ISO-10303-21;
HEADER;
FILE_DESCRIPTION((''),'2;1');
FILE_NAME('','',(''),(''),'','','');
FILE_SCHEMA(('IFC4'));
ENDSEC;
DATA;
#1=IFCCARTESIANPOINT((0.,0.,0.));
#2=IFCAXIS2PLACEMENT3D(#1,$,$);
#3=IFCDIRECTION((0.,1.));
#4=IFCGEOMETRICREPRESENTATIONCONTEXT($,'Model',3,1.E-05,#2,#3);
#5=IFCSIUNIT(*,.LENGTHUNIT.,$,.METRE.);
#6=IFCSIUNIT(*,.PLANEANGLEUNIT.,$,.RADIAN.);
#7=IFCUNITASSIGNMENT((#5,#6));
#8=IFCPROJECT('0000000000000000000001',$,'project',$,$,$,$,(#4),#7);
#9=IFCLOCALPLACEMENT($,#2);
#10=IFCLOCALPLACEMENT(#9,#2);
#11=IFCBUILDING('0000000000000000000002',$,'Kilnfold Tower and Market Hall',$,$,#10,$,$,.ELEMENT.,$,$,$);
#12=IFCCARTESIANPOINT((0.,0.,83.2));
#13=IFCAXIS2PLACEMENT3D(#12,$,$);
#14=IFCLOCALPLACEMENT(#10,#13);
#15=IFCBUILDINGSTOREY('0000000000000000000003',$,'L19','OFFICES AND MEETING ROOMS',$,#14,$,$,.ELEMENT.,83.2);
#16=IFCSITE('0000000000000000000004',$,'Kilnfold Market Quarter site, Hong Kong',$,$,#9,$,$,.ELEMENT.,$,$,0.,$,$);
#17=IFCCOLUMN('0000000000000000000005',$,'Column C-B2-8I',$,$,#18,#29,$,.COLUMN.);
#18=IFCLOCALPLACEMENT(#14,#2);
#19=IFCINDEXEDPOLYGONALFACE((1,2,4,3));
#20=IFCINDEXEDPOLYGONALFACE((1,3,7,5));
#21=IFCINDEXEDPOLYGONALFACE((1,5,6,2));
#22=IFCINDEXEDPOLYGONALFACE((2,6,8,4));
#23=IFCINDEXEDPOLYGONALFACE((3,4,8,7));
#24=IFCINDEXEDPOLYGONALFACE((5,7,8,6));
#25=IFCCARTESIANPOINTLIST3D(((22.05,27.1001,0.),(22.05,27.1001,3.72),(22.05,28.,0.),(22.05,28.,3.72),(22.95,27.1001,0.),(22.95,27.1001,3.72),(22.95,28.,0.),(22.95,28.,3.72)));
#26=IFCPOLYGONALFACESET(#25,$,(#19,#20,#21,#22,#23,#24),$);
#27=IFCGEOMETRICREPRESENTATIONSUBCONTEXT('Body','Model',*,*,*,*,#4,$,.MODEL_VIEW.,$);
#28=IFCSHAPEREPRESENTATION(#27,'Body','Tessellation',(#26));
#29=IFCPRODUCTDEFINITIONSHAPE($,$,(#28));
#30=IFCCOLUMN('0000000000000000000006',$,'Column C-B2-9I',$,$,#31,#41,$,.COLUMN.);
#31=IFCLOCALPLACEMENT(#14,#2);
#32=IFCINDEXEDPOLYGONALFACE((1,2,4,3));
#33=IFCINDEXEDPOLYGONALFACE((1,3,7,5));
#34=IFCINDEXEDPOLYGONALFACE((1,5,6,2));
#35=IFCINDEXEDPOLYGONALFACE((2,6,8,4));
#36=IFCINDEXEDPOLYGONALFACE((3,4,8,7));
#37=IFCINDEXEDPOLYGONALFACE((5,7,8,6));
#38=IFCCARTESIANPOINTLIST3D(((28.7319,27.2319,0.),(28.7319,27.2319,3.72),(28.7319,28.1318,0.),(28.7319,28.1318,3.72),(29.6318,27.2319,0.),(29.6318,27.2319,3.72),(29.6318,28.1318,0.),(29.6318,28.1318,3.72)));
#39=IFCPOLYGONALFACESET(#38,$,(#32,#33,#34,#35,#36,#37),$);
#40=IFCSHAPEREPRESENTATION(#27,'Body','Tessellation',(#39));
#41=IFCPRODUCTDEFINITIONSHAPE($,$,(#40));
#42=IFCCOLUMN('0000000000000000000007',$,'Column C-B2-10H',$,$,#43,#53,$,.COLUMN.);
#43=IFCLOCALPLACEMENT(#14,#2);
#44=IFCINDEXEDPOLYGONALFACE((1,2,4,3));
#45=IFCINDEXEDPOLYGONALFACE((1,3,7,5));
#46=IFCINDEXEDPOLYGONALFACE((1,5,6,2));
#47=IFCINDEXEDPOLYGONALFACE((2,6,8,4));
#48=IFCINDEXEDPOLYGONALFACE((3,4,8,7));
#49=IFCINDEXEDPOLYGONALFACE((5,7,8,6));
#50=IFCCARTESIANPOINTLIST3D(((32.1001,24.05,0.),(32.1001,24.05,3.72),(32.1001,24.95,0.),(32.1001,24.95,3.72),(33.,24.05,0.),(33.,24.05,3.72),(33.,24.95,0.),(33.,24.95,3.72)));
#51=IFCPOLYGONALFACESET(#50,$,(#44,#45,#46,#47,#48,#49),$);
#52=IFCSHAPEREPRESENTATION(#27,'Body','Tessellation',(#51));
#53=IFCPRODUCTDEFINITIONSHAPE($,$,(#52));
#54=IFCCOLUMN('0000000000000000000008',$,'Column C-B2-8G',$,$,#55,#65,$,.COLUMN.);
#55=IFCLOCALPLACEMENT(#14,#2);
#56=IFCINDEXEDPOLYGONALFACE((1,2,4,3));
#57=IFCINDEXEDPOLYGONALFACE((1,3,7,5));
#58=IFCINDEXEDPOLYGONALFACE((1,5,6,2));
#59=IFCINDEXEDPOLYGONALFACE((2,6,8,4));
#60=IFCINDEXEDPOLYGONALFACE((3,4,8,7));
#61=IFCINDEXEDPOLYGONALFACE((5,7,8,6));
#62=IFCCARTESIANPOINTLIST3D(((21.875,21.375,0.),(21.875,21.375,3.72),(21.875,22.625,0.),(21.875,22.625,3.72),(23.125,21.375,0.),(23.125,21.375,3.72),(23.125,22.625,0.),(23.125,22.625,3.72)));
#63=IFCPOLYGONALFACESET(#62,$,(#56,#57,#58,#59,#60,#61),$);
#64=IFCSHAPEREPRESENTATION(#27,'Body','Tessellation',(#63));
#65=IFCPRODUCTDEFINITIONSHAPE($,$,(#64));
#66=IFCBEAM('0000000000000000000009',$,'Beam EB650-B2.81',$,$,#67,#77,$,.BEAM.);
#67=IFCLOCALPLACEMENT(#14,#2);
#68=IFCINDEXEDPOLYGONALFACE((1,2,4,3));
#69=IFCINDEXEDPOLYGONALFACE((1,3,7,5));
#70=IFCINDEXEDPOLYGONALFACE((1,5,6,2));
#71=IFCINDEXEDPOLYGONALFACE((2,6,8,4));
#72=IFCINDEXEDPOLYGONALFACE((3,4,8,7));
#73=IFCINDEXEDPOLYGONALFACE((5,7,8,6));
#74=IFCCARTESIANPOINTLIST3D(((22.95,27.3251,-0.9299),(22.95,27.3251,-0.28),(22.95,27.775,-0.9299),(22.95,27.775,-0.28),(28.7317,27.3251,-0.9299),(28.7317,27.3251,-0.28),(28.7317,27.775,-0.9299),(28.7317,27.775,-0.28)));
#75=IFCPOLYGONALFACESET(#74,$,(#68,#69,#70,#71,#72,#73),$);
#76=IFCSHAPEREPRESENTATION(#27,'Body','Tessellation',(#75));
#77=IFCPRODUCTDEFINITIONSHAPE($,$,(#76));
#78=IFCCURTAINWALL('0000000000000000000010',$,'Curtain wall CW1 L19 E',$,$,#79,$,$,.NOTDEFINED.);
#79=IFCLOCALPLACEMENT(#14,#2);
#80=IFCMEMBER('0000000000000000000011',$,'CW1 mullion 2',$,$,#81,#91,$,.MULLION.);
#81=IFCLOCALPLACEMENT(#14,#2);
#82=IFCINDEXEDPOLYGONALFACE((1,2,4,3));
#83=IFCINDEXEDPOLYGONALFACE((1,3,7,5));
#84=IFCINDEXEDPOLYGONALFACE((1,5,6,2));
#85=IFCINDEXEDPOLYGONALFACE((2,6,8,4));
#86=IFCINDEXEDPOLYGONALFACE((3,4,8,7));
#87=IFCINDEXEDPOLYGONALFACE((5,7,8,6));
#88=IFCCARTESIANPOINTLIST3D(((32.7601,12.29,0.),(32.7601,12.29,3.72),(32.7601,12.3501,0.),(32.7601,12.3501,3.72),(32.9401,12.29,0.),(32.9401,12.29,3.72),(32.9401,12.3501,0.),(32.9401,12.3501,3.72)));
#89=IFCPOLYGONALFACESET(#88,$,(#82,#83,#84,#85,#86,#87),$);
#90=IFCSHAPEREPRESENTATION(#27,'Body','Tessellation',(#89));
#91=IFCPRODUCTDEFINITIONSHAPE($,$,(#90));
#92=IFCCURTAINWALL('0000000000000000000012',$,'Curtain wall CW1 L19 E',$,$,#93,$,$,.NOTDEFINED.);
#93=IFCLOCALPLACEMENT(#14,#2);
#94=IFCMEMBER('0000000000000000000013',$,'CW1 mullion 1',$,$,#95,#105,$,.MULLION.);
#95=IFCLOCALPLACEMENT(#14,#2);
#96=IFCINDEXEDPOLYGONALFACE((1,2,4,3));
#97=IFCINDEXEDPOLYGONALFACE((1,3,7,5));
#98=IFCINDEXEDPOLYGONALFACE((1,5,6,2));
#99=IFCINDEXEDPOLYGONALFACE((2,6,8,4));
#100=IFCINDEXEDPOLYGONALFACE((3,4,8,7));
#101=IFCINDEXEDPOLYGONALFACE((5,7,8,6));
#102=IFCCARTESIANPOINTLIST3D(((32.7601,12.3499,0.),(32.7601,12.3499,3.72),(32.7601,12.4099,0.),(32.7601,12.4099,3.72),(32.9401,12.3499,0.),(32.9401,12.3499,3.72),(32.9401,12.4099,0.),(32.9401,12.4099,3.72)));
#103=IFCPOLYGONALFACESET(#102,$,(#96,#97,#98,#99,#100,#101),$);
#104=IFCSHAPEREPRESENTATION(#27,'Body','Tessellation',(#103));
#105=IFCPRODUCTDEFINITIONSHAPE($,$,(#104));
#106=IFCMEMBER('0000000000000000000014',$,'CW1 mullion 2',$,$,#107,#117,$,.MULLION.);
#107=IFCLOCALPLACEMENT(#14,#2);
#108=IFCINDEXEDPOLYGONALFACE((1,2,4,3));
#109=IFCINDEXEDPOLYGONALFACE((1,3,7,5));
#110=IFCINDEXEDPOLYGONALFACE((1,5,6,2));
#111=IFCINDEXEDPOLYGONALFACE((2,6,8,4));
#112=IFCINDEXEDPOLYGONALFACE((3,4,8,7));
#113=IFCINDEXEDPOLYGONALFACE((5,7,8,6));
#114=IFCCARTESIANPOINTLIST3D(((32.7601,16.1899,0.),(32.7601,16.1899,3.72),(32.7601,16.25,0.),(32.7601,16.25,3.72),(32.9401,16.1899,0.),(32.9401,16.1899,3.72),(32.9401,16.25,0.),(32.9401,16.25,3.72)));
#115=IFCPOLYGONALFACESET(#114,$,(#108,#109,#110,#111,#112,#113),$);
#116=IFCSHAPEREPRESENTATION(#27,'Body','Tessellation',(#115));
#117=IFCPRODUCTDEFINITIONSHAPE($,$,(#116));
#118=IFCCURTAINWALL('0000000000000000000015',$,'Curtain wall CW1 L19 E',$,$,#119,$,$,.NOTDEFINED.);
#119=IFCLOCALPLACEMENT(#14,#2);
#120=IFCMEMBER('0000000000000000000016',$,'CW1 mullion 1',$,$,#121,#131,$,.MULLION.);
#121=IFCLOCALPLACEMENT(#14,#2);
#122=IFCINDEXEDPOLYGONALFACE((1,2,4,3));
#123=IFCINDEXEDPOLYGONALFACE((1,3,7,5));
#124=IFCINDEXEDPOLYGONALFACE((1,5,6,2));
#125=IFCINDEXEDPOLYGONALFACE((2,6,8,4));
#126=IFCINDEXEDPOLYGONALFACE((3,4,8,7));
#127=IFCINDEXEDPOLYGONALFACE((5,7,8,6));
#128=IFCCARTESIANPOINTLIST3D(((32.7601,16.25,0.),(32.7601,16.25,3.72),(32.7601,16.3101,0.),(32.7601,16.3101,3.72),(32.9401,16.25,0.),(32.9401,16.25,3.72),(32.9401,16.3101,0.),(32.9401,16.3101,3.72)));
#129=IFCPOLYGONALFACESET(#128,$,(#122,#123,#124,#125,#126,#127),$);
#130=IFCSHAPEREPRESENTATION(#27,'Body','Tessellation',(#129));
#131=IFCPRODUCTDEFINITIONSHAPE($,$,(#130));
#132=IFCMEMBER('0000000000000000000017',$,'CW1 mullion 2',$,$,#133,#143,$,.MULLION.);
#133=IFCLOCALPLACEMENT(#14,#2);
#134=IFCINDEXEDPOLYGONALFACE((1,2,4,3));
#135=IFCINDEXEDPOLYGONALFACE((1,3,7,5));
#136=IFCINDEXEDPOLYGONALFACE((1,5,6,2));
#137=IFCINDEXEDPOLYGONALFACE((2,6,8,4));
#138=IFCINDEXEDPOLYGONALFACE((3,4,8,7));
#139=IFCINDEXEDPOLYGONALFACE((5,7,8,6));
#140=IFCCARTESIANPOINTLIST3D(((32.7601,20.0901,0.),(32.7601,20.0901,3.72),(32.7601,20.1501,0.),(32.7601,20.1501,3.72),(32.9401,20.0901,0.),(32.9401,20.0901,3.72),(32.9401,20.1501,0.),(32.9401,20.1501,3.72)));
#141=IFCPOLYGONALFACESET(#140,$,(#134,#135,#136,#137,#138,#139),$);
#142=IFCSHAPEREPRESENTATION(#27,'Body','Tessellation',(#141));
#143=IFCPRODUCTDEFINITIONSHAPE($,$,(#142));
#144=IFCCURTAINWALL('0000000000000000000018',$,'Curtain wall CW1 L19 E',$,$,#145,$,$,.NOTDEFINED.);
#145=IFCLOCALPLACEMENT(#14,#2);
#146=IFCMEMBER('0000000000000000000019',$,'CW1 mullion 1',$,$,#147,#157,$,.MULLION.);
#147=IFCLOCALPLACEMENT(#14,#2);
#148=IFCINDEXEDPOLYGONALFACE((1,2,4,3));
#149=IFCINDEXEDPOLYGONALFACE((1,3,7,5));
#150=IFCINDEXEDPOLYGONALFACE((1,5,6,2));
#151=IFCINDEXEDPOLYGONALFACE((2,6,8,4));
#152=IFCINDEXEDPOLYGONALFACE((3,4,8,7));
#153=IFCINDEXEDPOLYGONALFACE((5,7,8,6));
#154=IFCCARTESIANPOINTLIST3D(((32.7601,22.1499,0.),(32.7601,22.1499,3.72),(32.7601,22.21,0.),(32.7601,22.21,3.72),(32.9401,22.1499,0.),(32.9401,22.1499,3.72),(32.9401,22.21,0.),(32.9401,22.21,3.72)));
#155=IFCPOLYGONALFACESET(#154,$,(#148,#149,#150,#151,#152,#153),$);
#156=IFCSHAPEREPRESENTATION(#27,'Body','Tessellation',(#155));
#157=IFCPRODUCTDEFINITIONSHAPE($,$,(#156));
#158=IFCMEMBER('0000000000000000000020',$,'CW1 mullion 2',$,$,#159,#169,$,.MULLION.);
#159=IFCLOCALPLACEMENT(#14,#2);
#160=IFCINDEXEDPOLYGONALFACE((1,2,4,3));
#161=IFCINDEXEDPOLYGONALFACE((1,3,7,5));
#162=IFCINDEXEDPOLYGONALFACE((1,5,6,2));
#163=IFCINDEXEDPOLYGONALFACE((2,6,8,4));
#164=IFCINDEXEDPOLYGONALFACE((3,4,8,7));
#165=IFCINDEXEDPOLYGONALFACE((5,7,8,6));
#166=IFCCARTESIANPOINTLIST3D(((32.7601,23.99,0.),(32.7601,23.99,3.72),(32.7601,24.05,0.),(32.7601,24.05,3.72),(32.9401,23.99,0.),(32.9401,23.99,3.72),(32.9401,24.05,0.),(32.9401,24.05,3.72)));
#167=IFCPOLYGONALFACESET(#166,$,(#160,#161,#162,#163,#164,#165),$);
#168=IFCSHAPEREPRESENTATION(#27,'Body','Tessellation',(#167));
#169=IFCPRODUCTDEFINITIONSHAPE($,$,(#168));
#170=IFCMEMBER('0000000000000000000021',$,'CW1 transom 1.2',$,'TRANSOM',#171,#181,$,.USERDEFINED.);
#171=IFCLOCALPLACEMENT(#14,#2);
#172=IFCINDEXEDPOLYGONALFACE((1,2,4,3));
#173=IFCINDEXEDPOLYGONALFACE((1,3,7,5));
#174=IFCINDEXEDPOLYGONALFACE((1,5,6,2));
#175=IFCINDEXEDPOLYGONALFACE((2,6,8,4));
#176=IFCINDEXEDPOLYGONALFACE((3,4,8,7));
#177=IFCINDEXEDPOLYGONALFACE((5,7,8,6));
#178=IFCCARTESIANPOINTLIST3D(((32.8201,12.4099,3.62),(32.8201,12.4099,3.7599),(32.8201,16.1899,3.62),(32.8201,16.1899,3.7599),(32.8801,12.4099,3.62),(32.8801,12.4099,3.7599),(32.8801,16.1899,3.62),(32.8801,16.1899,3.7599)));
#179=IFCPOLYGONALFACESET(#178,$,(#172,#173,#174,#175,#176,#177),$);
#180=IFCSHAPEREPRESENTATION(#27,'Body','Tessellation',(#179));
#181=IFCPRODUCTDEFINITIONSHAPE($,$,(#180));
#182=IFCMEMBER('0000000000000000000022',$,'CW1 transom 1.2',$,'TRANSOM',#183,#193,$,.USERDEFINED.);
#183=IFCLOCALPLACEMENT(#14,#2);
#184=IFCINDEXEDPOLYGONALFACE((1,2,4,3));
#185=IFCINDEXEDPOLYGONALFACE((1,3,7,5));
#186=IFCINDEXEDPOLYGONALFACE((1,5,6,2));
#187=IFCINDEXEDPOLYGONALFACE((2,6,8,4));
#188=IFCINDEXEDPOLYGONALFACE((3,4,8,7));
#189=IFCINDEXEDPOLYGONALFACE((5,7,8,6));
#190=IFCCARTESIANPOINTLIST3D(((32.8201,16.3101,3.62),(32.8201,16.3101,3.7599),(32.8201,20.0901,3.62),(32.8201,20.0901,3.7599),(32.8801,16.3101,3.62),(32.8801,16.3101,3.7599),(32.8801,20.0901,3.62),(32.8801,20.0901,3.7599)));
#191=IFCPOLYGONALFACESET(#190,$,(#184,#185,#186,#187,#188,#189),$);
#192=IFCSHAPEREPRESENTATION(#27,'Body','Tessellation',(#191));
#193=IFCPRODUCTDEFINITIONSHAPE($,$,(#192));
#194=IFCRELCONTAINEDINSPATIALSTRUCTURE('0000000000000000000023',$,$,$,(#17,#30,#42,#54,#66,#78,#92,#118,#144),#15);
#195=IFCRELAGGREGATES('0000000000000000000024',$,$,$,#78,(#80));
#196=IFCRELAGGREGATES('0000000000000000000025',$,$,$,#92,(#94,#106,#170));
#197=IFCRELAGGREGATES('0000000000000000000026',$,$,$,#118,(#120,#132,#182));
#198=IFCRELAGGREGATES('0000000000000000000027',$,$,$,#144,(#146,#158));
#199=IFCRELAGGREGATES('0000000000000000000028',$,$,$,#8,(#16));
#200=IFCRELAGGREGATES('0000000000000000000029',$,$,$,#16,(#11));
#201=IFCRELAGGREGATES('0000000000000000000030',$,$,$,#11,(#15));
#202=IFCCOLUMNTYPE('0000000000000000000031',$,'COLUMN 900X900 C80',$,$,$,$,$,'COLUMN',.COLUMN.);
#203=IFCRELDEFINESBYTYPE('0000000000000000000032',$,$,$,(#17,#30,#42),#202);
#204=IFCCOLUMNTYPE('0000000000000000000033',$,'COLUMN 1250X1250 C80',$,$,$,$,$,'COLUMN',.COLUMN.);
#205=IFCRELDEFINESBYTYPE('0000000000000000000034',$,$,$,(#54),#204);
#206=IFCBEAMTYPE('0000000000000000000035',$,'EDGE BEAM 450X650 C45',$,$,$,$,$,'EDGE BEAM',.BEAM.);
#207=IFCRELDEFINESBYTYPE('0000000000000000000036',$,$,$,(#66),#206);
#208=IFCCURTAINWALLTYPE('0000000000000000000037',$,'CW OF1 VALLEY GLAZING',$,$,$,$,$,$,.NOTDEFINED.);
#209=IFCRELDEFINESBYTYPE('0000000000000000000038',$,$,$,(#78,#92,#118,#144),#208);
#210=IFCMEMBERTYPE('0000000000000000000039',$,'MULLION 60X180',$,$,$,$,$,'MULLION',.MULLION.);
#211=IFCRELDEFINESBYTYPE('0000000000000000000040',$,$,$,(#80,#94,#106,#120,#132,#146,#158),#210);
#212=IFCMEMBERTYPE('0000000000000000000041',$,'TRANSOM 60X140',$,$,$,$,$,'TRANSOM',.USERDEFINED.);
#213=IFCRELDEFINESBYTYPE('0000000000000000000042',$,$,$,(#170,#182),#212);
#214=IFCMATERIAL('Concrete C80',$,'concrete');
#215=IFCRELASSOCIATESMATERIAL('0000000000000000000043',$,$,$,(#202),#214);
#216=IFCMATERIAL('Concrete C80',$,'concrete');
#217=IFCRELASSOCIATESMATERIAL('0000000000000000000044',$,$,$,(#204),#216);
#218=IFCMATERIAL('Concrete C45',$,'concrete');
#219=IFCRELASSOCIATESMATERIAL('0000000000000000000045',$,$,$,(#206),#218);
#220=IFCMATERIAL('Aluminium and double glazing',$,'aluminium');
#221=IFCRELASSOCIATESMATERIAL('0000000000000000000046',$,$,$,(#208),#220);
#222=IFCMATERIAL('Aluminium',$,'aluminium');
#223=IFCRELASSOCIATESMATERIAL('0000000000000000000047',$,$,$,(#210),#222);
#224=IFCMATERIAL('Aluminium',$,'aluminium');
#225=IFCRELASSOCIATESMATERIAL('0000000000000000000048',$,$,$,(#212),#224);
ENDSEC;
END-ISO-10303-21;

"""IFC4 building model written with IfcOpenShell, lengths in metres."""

from ifc_helpers import new_model, si_unit, direction, frame, origin, origin_2d, place, context, subcontext, project, spatial, rectangle, extrude, source, transform, mapped, material, material_profile, profile_set, type_object, element, aggregate, save


model = new_model("IFC4")

# Units and contexts
model_context = context("Model", 3, precision=1e-05, world=origin(), true_north=direction((0.0, 1.0)))
body_context = subcontext(model_context, "Body", "Model", "MODEL_VIEW")
ifc_project = project(units=[si_unit("LENGTHUNIT", "METRE"), si_unit("PLANEANGLEUNIT", "RADIAN")], contexts=[model_context])

# Site, building, storey
site_placement = place(None, origin())
site = spatial("IfcSite", under=ifc_project, at=site_placement, Name="Kilnfold Market Quarter site, Hong Kong", CompositionType="ELEMENT", RefElevation=0.0)
building_placement = place(site_placement, origin())
building = spatial("IfcBuilding", under=site, at=building_placement, Name="Kilnfold Tower and Market Hall", CompositionType="ELEMENT")
storey_placement = place(building_placement, frame((0.0, 0.0, 83.2)))
storey = spatial("IfcBuildingStorey", under=building, at=storey_placement, Name="L19", Description="OFFICES AND MEETING ROOMS", CompositionType="ELEMENT", Elevation=83.2)

# Columns
ifc_material_1 = material(Name="Concrete C80", Category="concrete")
ifc_material_profile_1 = material_profile(ifc_material_1, rectangle(XDim=0.8999, YDim=0.8999, at=origin_2d()), Name="RC 900x900")
ifc_profile_set_1 = profile_set([ifc_material_profile_1], Name="Concrete C80")
column_type_1 = type_object("IfcColumnType", Name="COLUMN 900X900 C80", ElementType="COLUMN", PredefinedType="COLUMN", material=ifc_profile_set_1)
shared_shape_1 = source(origin(), body_context, "Body", "SweptSolid", [
    extrude(rectangle(XDim=0.8999, YDim=0.8999, at=origin_2d()), origin(), (0.0, 0.0, 1.0), 3.72),
])
for number, where, z_axis, x_axis, name in (
    (1, (22.5, 27.55, 0.0), (0.0, 0.0, 1.0), (1.0, 0.0, 0.0), "Column C-B2-8I"),
    (2, (29.1819, 27.6819, 0.0), (0.0, 0.0, 1.0), (1.0, 0.0, 0.0), "Column C-B2-9I"),
    (3, (32.55, 24.5, 0.0), (0.0, 0.0, 1.0), (1.0, 0.0, 0.0), "Column C-B2-10H"),
):
    element("IfcColumn", number, at=place(storey_placement, frame(where, z_axis=z_axis, x_axis=x_axis)), inside=storey, type_object=column_type_1, Name=name, PredefinedType="COLUMN", context=body_context, shape_type="MappedRepresentation", body=[
        mapped(shared_shape_1, transform((0.0, 0.0, 0.0))),
    ])
ifc_material_2 = material(Name="Concrete C80", Category="concrete")
ifc_material_profile_2 = material_profile(ifc_material_2, rectangle(XDim=1.25, YDim=1.25, at=origin_2d()), Name="RC 1250x1250")
ifc_profile_set_2 = profile_set([ifc_material_profile_2], Name="Concrete C80")
column_type_2 = type_object("IfcColumnType", Name="COLUMN 1250X1250 C80", ElementType="COLUMN", PredefinedType="COLUMN", material=ifc_profile_set_2)
shared_shape_2 = source(origin(), body_context, "Body", "SweptSolid", [
    extrude(rectangle(XDim=1.25, YDim=1.25, at=origin_2d()), origin(), (0.0, 0.0, 1.0), 3.72),
])
column_placement = place(storey_placement, frame((22.5, 22.0, 0.0), z_axis=(0.0, 0.0, 1.0), x_axis=(1.0, 0.0, 0.0)))
element("IfcColumn", 4, at=column_placement, inside=storey, type_object=column_type_2, Name="Column C-B2-8G", PredefinedType="COLUMN", context=body_context, shape_type="MappedRepresentation", body=[
    mapped(shared_shape_2, transform((0.0, 0.0, 0.0))),
])

# Beam
ifc_material_3 = material(Name="Concrete C45", Category="concrete")
ifc_material_profile_3 = material_profile(ifc_material_3, rectangle(XDim=0.45, YDim=0.6499, at=origin_2d()), Name="RC 450x650")
ifc_profile_set_3 = profile_set([ifc_material_profile_3], Name="Concrete C45")
beam_type = type_object("IfcBeamType", Name="EDGE BEAM 450X650 C45", ElementType="EDGE BEAM", PredefinedType="BEAM", material=ifc_profile_set_3)
shared_shape_3 = source(origin(), body_context, "Body", "SweptSolid", [
    extrude(rectangle(XDim=0.45, YDim=0.6499, at=origin_2d()), origin(), (0.0, 0.0, 1.0), 5.7817),
])
beam_placement = place(storey_placement, frame((22.95, 27.55, -0.605), z_axis=(1.0, 0.0, 0.0), x_axis=(0.0, 1.0, 0.0)))
element("IfcBeam", 5, at=beam_placement, inside=storey, type_object=beam_type, Name="Beam EB650-B2.81", PredefinedType="BEAM", context=body_context, shape_type="MappedRepresentation", body=[
    mapped(shared_shape_3, transform((0.0, 0.0, 0.0))),
])

# Curtain wall, member
ifc_material_4 = material(Name="Aluminium and double glazing", Category="aluminium")
curtain_wall_type = type_object("IfcCurtainWallType", Name="CW OF1 VALLEY GLAZING", PredefinedType="NOTDEFINED", material=ifc_material_4)
curtain_wall_1_placement = place(storey_placement, origin())
curtain_wall_1 = element("IfcCurtainWall", 6, at=curtain_wall_1_placement, inside=storey, type_object=curtain_wall_type, Name="Curtain wall CW1 L19 E", PredefinedType="NOTDEFINED")
ifc_material_5 = material(Name="Aluminium", Category="aluminium")
ifc_material_profile_4 = material_profile(ifc_material_5, rectangle(XDim=0.0601, YDim=0.1799, at=origin_2d()), Name="MULLION 60x180")
ifc_profile_set_4 = profile_set([ifc_material_profile_4], Name="Aluminium")
member_type_1 = type_object("IfcMemberType", Name="MULLION 60X180", ElementType="MULLION", PredefinedType="MULLION", material=ifc_profile_set_4)
shared_shape_4 = source(origin(), body_context, "Body", "SweptSolid", [
    extrude(rectangle(XDim=0.0601, YDim=0.1799, at=origin_2d()), origin(), (0.0, 0.0, 1.0), 3.72),
])
member_1_placement = place(storey_placement, frame((32.8501, 12.3201, 0.0), z_axis=(0.0, 0.0, 1.0), x_axis=(0.0, 1.0, 0.0)))
member_1 = element("IfcMember", 7, at=member_1_placement, type_object=member_type_1, Name="CW1 mullion 2", PredefinedType="MULLION", context=body_context, shape_type="MappedRepresentation", body=[
    mapped(shared_shape_4, transform((0.0, 0.0, 0.0))),
])

# Curtain walls, members
curtain_wall_2_placement = place(storey_placement, origin())
curtain_wall_2 = element("IfcCurtainWall", 8, at=curtain_wall_2_placement, inside=storey, type_object=curtain_wall_type, Name="Curtain wall CW1 L19 E", PredefinedType="NOTDEFINED")
member_2_placement = place(storey_placement, frame((32.8501, 12.3799, 0.0), z_axis=(0.0, 0.0, 1.0), x_axis=(0.0, 1.0, 0.0)))
member_2 = element("IfcMember", 9, at=member_2_placement, type_object=member_type_1, Name="CW1 mullion 1", PredefinedType="MULLION", context=body_context, shape_type="MappedRepresentation", body=[
    mapped(shared_shape_4, transform((0.0, 0.0, 0.0))),
])
member_3_placement = place(storey_placement, frame((32.8501, 16.22, 0.0), z_axis=(0.0, 0.0, 1.0), x_axis=(0.0, 1.0, 0.0)))
member_3 = element("IfcMember", 10, at=member_3_placement, type_object=member_type_1, Name="CW1 mullion 2", PredefinedType="MULLION", context=body_context, shape_type="MappedRepresentation", body=[
    mapped(shared_shape_4, transform((0.0, 0.0, 0.0))),
])
curtain_wall_3_placement = place(storey_placement, origin())
curtain_wall_3 = element("IfcCurtainWall", 11, at=curtain_wall_3_placement, inside=storey, type_object=curtain_wall_type, Name="Curtain wall CW1 L19 E", PredefinedType="NOTDEFINED")
member_4_placement = place(storey_placement, frame((32.8501, 16.28, 0.0), z_axis=(0.0, 0.0, 1.0), x_axis=(0.0, 1.0, 0.0)))
member_4 = element("IfcMember", 12, at=member_4_placement, type_object=member_type_1, Name="CW1 mullion 1", PredefinedType="MULLION", context=body_context, shape_type="MappedRepresentation", body=[
    mapped(shared_shape_4, transform((0.0, 0.0, 0.0))),
])
member_5_placement = place(storey_placement, frame((32.8501, 20.1201, 0.0), z_axis=(0.0, 0.0, 1.0), x_axis=(0.0, 1.0, 0.0)))
member_5 = element("IfcMember", 13, at=member_5_placement, type_object=member_type_1, Name="CW1 mullion 2", PredefinedType="MULLION", context=body_context, shape_type="MappedRepresentation", body=[
    mapped(shared_shape_4, transform((0.0, 0.0, 0.0))),
])
curtain_wall_4_placement = place(storey_placement, origin())
curtain_wall_4 = element("IfcCurtainWall", 14, at=curtain_wall_4_placement, inside=storey, type_object=curtain_wall_type, Name="Curtain wall CW1 L19 E", PredefinedType="NOTDEFINED")
member_6_placement = place(storey_placement, frame((32.8501, 22.1799, 0.0), z_axis=(0.0, 0.0, 1.0), x_axis=(0.0, 1.0, 0.0)))
member_6 = element("IfcMember", 15, at=member_6_placement, type_object=member_type_1, Name="CW1 mullion 1", PredefinedType="MULLION", context=body_context, shape_type="MappedRepresentation", body=[
    mapped(shared_shape_4, transform((0.0, 0.0, 0.0))),
])
member_7_placement = place(storey_placement, frame((32.8501, 24.02, 0.0), z_axis=(0.0, 0.0, 1.0), x_axis=(0.0, 1.0, 0.0)))
member_7 = element("IfcMember", 16, at=member_7_placement, type_object=member_type_1, Name="CW1 mullion 2", PredefinedType="MULLION", context=body_context, shape_type="MappedRepresentation", body=[
    mapped(shared_shape_4, transform((0.0, 0.0, 0.0))),
])

# Members
ifc_material_6 = material(Name="Aluminium", Category="aluminium")
ifc_material_profile_5 = material_profile(ifc_material_6, rectangle(XDim=0.0601, YDim=0.1399, at=origin_2d()), Name="TRANSOM 60x140")
ifc_profile_set_5 = profile_set([ifc_material_profile_5], Name="Aluminium")
member_type_2 = type_object("IfcMemberType", Name="TRANSOM 60X140", ElementType="TRANSOM", PredefinedType="USERDEFINED", material=ifc_profile_set_5)
shared_shape_5 = source(origin(), body_context, "Body", "SweptSolid", [
    extrude(rectangle(XDim=0.0601, YDim=0.1399, at=origin_2d()), origin(), (0.0, 0.0, 1.0), 3.78),
])
member_8_placement = place(storey_placement, frame((32.8501, 12.4099, 3.6899), z_axis=(0.0, 1.0, 0.0), x_axis=(-1.0, 0.0, 0.0)))
member_8 = element("IfcMember", 17, at=member_8_placement, type_object=member_type_2, Name="CW1 transom 1.2", ObjectType="TRANSOM", PredefinedType="USERDEFINED", context=body_context, shape_type="MappedRepresentation", body=[
    mapped(shared_shape_5, transform((0.0, 0.0, 0.0))),
])
member_9_placement = place(storey_placement, frame((32.8501, 16.3101, 3.6899), z_axis=(0.0, 1.0, 0.0), x_axis=(-1.0, 0.0, 0.0)))
member_9 = element("IfcMember", 18, at=member_9_placement, type_object=member_type_2, Name="CW1 transom 1.2", ObjectType="TRANSOM", PredefinedType="USERDEFINED", context=body_context, shape_type="MappedRepresentation", body=[
    mapped(shared_shape_5, transform((0.0, 0.0, 0.0))),
])

aggregate(curtain_wall_1, [member_1])
aggregate(curtain_wall_2, [member_2, member_3, member_8])
aggregate(curtain_wall_3, [member_4, member_5, member_9])
aggregate(curtain_wall_4, [member_6, member_7])

save(model, "model.ifc")
